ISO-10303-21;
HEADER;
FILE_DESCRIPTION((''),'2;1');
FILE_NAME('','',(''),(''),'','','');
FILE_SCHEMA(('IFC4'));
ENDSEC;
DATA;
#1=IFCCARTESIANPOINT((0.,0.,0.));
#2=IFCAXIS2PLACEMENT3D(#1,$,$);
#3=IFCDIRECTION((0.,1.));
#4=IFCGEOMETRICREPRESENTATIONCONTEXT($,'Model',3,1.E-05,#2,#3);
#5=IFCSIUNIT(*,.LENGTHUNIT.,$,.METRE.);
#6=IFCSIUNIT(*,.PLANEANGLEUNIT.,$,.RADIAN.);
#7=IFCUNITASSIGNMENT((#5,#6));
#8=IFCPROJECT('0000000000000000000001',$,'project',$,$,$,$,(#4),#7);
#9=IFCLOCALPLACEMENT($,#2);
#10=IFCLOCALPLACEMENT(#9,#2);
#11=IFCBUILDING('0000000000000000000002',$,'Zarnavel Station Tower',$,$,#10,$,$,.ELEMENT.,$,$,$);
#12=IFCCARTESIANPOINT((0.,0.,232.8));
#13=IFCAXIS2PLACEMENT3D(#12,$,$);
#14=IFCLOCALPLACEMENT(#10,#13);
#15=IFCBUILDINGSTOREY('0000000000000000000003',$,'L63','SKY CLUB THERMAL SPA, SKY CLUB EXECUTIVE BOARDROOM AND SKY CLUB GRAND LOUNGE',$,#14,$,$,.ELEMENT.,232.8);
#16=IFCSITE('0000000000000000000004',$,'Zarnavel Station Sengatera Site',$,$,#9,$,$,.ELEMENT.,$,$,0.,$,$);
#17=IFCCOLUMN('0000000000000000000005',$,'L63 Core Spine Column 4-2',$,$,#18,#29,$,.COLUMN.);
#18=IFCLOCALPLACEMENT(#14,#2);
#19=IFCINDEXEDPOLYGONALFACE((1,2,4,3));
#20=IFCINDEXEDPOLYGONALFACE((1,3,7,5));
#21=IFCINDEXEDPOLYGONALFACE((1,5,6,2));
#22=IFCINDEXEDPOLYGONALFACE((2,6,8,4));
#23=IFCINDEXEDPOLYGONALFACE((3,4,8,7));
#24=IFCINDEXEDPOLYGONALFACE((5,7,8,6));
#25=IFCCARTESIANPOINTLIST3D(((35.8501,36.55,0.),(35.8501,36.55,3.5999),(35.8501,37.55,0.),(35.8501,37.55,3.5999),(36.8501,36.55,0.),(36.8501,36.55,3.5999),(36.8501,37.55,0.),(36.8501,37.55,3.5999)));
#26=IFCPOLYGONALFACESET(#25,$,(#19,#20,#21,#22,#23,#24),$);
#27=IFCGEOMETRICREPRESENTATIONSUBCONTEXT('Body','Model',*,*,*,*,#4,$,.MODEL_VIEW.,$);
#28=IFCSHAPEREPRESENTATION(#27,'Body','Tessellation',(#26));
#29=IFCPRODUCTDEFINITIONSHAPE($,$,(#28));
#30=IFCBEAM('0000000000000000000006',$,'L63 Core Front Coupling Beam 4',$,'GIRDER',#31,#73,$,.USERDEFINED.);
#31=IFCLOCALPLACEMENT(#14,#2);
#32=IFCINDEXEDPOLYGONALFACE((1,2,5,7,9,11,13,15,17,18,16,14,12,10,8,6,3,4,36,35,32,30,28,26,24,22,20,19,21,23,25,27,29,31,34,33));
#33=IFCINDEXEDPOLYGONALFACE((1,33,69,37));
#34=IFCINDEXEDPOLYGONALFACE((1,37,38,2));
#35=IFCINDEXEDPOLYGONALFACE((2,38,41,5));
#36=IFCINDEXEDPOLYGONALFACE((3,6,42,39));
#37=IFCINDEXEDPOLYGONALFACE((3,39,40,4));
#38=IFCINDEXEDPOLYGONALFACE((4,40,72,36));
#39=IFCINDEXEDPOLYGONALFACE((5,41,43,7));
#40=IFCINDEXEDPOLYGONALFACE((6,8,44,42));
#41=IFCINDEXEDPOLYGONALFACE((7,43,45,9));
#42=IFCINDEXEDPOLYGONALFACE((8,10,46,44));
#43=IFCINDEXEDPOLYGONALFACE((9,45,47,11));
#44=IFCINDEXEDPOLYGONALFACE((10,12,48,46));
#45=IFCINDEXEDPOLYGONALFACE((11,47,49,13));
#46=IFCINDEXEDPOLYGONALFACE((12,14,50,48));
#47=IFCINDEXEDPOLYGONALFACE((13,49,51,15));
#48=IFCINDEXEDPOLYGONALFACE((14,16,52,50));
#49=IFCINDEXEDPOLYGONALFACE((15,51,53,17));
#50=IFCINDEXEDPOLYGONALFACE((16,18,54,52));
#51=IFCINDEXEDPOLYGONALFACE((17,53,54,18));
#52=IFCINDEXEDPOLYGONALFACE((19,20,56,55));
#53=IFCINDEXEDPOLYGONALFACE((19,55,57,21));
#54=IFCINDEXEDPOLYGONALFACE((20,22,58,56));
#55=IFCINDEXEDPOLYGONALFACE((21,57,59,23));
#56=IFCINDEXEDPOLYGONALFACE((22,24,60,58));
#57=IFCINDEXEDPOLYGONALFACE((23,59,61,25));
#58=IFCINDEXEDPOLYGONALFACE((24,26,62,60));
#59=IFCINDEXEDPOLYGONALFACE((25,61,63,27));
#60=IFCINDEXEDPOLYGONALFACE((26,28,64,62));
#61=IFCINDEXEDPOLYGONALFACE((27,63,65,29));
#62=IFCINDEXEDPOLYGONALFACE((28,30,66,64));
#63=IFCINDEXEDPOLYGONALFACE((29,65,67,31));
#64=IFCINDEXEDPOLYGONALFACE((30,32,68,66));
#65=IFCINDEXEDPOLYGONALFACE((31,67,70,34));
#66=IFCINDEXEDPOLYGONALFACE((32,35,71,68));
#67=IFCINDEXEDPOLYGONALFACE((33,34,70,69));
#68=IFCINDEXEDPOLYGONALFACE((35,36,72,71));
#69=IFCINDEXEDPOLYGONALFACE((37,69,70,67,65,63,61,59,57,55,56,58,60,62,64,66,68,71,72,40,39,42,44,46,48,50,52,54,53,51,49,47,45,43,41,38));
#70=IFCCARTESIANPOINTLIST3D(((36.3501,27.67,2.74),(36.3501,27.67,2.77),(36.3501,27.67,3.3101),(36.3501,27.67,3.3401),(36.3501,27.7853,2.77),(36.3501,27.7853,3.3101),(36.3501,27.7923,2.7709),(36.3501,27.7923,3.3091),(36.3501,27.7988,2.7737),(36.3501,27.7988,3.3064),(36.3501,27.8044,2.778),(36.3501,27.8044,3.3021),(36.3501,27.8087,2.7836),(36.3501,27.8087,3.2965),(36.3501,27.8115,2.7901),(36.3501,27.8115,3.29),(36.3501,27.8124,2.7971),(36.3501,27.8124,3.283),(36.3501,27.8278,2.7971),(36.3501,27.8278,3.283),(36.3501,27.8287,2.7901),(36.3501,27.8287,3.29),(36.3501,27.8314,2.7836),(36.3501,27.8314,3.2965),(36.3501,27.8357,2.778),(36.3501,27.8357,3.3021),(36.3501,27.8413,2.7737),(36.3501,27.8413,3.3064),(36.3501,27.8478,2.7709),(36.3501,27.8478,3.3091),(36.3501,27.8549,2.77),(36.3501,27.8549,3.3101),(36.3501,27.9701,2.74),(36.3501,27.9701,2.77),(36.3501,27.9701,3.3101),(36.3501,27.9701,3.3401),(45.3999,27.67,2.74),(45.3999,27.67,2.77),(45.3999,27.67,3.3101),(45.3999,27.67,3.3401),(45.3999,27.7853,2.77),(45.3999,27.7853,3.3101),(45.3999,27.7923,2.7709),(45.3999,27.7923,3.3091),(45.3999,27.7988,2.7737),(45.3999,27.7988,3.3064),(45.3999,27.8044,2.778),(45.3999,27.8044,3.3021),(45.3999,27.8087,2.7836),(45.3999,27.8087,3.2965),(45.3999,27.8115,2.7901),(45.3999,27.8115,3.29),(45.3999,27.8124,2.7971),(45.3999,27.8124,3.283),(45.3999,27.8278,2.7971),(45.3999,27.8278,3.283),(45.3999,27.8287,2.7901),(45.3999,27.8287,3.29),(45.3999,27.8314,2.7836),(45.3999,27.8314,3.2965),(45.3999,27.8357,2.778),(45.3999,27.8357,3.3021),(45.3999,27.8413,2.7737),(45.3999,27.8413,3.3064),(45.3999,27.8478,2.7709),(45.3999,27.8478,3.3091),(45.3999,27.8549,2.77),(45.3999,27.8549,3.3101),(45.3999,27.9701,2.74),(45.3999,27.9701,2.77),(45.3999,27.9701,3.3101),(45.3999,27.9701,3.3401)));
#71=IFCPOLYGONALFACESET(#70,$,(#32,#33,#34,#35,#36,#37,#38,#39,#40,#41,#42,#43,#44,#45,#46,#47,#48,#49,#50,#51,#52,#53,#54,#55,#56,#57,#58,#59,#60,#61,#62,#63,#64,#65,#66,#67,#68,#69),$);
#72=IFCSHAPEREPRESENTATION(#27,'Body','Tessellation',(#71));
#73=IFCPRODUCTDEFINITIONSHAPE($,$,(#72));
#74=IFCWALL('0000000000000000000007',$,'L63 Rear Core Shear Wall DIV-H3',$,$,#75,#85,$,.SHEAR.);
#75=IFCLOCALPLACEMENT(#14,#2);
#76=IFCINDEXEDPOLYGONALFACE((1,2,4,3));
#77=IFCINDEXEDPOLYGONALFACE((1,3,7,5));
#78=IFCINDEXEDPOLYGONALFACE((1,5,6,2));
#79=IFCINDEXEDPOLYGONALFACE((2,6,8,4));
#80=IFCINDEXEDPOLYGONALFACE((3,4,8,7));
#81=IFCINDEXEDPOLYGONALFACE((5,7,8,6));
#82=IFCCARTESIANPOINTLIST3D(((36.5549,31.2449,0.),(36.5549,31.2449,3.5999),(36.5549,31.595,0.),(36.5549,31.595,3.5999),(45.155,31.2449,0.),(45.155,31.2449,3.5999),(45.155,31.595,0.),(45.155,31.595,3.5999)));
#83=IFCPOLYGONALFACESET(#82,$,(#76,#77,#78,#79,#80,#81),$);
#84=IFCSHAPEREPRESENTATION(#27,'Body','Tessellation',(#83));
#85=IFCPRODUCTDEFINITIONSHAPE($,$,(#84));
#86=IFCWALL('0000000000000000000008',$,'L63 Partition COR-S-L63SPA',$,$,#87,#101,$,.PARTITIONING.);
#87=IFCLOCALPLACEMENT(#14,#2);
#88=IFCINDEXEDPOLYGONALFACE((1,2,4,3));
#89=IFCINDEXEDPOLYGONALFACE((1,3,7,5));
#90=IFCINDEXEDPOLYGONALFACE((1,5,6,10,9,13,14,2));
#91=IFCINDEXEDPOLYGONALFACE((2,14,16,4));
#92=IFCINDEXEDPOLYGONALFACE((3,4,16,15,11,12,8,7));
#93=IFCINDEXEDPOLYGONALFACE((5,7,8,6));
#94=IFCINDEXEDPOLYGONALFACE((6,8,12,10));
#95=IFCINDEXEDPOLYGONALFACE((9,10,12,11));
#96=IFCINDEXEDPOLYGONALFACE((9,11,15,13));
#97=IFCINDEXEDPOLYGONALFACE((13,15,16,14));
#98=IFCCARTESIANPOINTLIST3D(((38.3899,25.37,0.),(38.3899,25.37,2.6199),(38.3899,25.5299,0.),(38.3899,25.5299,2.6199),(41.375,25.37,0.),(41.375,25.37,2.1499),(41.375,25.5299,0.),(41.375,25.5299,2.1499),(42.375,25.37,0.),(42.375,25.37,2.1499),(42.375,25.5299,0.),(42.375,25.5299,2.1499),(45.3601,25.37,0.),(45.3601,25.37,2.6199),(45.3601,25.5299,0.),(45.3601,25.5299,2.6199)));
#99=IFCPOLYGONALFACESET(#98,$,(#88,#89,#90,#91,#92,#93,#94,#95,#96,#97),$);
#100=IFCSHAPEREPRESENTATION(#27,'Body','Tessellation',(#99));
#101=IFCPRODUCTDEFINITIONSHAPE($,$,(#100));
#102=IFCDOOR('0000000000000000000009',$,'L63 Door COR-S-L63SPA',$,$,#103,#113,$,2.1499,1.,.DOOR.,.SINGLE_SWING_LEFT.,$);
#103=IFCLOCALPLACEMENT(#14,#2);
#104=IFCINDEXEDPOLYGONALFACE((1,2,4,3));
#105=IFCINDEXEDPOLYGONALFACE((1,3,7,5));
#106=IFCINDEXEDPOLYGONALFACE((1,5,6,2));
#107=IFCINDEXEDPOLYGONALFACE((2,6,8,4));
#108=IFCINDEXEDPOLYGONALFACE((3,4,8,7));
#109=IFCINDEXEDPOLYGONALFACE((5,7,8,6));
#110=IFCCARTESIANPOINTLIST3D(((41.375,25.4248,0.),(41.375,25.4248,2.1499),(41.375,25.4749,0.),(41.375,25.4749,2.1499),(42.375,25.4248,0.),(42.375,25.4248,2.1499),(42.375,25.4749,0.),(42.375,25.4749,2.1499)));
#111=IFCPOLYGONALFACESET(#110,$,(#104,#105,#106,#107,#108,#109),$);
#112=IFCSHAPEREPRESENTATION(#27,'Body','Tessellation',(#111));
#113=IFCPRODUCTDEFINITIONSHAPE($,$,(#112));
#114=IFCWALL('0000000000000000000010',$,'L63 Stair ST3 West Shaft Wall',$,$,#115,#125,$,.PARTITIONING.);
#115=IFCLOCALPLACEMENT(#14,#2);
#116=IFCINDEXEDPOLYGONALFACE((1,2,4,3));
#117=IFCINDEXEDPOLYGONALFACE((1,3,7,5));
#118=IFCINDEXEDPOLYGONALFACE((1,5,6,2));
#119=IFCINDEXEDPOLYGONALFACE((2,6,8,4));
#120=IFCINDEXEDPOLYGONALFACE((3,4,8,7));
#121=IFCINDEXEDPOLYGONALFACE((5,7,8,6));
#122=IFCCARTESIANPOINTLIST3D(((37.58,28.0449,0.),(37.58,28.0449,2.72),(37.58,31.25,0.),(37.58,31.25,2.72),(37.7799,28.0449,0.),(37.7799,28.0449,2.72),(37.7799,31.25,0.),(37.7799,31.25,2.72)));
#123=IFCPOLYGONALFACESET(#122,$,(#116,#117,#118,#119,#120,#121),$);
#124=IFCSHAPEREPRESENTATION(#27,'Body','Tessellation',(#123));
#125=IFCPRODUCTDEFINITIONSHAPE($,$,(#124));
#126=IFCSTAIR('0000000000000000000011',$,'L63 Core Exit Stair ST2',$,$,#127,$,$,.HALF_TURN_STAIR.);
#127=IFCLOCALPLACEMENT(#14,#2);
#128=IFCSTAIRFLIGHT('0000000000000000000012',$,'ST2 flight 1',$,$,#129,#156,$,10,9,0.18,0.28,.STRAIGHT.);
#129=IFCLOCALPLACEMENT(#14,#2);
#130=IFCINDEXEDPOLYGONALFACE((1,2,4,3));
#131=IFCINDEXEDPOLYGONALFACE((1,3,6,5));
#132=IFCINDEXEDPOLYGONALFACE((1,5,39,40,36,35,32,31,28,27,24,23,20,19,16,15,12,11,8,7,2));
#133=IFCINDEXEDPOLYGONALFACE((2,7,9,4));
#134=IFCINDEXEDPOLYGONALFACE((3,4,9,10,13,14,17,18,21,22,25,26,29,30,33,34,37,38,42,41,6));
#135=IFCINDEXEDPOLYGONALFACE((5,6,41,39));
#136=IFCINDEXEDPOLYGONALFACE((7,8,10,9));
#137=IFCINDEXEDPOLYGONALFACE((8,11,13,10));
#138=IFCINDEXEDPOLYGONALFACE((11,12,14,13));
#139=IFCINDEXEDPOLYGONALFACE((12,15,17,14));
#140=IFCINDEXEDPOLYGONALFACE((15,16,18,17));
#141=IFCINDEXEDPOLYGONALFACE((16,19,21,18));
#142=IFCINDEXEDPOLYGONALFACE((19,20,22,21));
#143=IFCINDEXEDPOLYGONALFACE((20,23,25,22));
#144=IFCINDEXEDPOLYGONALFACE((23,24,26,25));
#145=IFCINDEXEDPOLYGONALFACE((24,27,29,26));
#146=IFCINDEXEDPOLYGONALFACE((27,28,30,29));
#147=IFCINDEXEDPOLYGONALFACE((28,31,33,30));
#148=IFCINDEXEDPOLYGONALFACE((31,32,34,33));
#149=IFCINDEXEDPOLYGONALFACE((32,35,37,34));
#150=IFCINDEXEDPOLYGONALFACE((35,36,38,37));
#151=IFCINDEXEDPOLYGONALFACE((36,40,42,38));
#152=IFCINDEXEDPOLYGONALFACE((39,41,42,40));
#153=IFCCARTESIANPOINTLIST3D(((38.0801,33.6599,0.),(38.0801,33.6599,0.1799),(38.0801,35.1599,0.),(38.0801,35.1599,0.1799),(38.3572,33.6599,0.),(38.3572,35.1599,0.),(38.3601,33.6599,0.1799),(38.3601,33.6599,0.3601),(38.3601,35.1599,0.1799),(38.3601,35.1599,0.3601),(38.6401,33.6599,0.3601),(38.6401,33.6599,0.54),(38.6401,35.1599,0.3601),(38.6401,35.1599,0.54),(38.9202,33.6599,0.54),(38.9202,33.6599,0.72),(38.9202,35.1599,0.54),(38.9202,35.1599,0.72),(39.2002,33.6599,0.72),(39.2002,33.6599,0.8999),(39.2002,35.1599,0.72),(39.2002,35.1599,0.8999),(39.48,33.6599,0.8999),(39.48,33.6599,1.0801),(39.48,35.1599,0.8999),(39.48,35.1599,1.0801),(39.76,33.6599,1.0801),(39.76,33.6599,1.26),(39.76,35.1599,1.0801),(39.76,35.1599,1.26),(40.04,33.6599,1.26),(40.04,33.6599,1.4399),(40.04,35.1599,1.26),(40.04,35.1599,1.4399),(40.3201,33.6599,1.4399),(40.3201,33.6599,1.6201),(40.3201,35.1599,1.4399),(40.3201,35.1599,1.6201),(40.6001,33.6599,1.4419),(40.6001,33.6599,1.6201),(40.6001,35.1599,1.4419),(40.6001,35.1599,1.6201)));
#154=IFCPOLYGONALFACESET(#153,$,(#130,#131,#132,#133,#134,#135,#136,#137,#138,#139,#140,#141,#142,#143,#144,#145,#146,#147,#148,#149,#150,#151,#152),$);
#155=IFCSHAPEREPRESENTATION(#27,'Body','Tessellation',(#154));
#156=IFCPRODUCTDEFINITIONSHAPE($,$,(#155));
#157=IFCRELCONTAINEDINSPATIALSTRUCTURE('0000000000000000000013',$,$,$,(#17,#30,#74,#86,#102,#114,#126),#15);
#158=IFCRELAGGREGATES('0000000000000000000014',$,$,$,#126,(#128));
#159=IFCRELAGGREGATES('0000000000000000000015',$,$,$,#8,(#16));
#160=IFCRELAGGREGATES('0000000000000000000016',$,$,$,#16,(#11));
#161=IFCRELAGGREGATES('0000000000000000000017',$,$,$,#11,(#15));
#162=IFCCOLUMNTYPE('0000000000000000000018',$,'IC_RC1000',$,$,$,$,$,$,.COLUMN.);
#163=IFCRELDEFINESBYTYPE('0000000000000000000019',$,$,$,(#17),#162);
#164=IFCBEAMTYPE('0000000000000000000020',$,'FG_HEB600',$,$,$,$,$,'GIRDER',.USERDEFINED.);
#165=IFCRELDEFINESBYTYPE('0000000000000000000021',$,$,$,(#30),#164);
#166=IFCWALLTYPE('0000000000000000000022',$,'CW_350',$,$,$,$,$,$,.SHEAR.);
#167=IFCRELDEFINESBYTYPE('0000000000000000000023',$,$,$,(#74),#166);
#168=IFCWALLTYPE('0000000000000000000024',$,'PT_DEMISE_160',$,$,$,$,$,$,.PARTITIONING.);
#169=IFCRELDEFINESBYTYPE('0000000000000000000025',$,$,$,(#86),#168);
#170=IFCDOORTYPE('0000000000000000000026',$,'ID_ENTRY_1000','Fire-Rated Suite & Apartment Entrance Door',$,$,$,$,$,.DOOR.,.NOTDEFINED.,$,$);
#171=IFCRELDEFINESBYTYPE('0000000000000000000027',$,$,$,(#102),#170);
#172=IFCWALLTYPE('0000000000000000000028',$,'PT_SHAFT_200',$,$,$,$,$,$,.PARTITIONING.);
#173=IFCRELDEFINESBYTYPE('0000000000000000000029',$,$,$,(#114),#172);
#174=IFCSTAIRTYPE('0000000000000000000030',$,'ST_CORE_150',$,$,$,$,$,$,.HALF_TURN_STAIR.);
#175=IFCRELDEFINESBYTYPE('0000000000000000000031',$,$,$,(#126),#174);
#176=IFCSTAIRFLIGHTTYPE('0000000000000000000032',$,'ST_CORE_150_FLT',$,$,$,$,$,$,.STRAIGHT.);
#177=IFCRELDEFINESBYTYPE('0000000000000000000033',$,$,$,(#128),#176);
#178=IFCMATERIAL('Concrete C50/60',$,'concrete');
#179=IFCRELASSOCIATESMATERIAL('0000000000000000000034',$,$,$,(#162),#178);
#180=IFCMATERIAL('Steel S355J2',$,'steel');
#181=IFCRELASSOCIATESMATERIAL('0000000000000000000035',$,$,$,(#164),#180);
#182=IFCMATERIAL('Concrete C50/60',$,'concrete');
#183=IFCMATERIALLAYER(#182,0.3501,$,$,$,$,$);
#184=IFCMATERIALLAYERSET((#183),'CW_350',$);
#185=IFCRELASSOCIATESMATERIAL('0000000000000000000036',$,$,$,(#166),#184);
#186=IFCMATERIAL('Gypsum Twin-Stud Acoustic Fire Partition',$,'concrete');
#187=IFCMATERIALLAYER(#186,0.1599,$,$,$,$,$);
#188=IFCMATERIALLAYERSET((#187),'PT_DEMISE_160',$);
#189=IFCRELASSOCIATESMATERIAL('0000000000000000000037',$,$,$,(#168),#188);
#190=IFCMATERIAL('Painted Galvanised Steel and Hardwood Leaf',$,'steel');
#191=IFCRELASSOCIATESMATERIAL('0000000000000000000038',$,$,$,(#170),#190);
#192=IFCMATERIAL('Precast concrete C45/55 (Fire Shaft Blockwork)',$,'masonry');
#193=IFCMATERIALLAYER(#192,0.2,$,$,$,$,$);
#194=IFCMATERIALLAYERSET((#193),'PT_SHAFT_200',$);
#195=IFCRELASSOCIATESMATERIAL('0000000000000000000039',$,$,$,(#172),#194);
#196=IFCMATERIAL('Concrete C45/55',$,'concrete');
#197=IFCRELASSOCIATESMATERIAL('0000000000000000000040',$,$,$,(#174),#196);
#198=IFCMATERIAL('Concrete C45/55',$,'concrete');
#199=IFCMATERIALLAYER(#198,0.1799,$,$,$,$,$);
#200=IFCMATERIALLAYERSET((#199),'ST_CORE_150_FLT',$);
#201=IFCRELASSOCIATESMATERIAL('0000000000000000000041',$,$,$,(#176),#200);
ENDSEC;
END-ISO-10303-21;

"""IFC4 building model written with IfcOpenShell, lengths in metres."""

from ifc_helpers import new_model, si_unit, direction, frame, frame_2d, origin, origin_2d, place, context, subcontext, project, spatial, polyline, rectangle, i_section, outline, extrude, material, layer, layer_set, material_profile, profile_set, type_object, element, fill, aggregate, save


model = new_model("IFC4")

# Units and contexts
model_context = context("Model", 3, precision=1e-05, world=origin(), true_north=direction((0.0, 1.0)))
body_context = subcontext(model_context, "Body", "Model", "MODEL_VIEW")
ifc_project = project(units=[si_unit("LENGTHUNIT", "METRE"), si_unit("PLANEANGLEUNIT", "RADIAN")], contexts=[model_context])

# Site, building, storey
site_placement = place(None, origin())
site = spatial("IfcSite", under=ifc_project, at=site_placement, Name="Zarnavel Station Sengatera Site", CompositionType="ELEMENT", RefElevation=0.0)
building_placement = place(site_placement, origin())
building = spatial("IfcBuilding", under=site, at=building_placement, Name="Zarnavel Station Tower", CompositionType="ELEMENT")
storey_placement = place(building_placement, frame((0.0, 0.0, 232.8)))
storey = spatial("IfcBuildingStorey", under=building, at=storey_placement, Name="L63", Description="SKY CLUB THERMAL SPA, SKY CLUB EXECUTIVE BOARDROOM AND SKY CLUB GRAND LOUNGE", CompositionType="ELEMENT", Elevation=232.8)

# Column
ifc_material_1 = material(Name="Concrete C50/60", Category="concrete")
ifc_material_profile_1 = material_profile(ifc_material_1, rectangle(XDim=1.0, YDim=1.0, at=origin_2d()), Name="RC1000x1000")
ifc_profile_set_1 = profile_set([ifc_material_profile_1], Name="Concrete C50/60")
column_type = type_object("IfcColumnType", Name="IC_RC1000", PredefinedType="COLUMN", material=ifc_profile_set_1)
column_placement = place(storey_placement, frame((36.3501, 37.05, 0.0), z_axis=(0.0, 0.0, 1.0), x_axis=(1.0, 0.0, 0.0)))
element("IfcColumn", 1, at=column_placement, inside=storey, type_object=column_type, Name="L63 Core Spine Column 4-2", PredefinedType="COLUMN", context=body_context, shape_type="SweptSolid", body=[
    extrude(rectangle(XDim=1.0, YDim=1.0, at=origin_2d()), origin(), (0.0, 0.0, 1.0), 3.5999),
])

# Beam
ifc_material_2 = material(Name="Steel S355J2", Category="steel")
ifc_material_profile_2 = material_profile(ifc_material_2, i_section(OverallWidth=0.3, OverallDepth=0.6001, WebThickness=0.0154, FlangeThickness=0.03, FilletRadius=0.0271, at=origin_2d()), Name="HEB600")
ifc_profile_set_2 = profile_set([ifc_material_profile_2], Name="Steel S355J2")
beam_type = type_object("IfcBeamType", Name="FG_HEB600", ElementType="GIRDER", PredefinedType="USERDEFINED", material=ifc_profile_set_2)
beam_placement = place(storey_placement, frame((36.3501, 27.8201, 3.04), z_axis=(1.0, 0.0, 0.0), x_axis=(0.0, 1.0, 0.0)))
element("IfcBeam", 2, at=beam_placement, inside=storey, type_object=beam_type, Name="L63 Core Front Coupling Beam 4", ObjectType="GIRDER", PredefinedType="USERDEFINED", context=body_context, shape_type="SweptSolid", body=[
    extrude(i_section(OverallWidth=0.3, OverallDepth=0.6001, WebThickness=0.0154, FlangeThickness=0.03, FilletRadius=0.0271, at=origin_2d()), origin(), (0.0, 0.0, 1.0), 9.0498),
])

# Shared definitions
ifc_material_3 = material(Name="Concrete C50/60", Category="concrete")
ifc_layer_1 = layer(ifc_material_3, 0.3501)
ifc_layer_set_1 = layer_set([ifc_layer_1], Name="CW_350")
wall_type_1 = type_object("IfcWallType", Name="CW_350", PredefinedType="SHEAR", material=ifc_layer_set_1)

# Wall
wall_1_placement = place(storey_placement, frame((36.5549, 31.4199, 0.0), z_axis=(0.0, 0.0, 1.0), x_axis=(1.0, 0.0, 0.0)))
element("IfcWall", 3, at=wall_1_placement, inside=storey, type_object=wall_type_1, Name="L63 Rear Core Shear Wall DIV-H3", PredefinedType="SHEAR", context=body_context, shape_type="SweptSolid", body=[
    extrude(rectangle(XDim=8.6001, YDim=0.3501, at=frame_2d((4.3, 0.0))), origin(), (0.0, 0.0, 1.0), 3.5999),
])

# Wall, opening, door
ifc_material_4 = material(Name="Gypsum Twin-Stud Acoustic Fire Partition", Category="concrete")
ifc_layer_2 = layer(ifc_material_4, 0.1599)
ifc_layer_set_2 = layer_set([ifc_layer_2], Name="PT_DEMISE_160")
wall_type_2 = type_object("IfcWallType", Name="PT_DEMISE_160", PredefinedType="PARTITIONING", material=ifc_layer_set_2)
wall_2_placement = place(storey_placement, frame((38.3899, 25.45, 0.0), z_axis=(0.0, 0.0, 1.0), x_axis=(1.0, 0.0, 0.0)))
wall_2 = element("IfcWall", 4, at=wall_2_placement, inside=storey, type_object=wall_type_2, Name="L63 Partition COR-S-L63SPA", PredefinedType="PARTITIONING", context=body_context, shape_type="SweptSolid", body=[
    extrude(rectangle(XDim=6.9702, YDim=0.1599, at=frame_2d((3.4851, 0.0))), origin(), (0.0, 0.0, 1.0), 2.6199),
])
opening_1_placement = place(wall_2_placement, frame((2.9851, 0.0, 0.0)))
opening_1 = element("IfcOpeningElement", 5, at=opening_1_placement, cuts=wall_2, PredefinedType="OPENING", context=body_context, shape_type="SweptSolid", body=[
    extrude(rectangle(XDim=1.0, YDim=2.1499, at=frame_2d((0.5, 1.075))), frame((0.0, 0.0898, 0.0), z_axis=(0.0, -1.0, 0.0), x_axis=(1.0, 0.0, 0.0)), (0.0, 0.0, 1.0), 0.1799),
])
ifc_material_5 = material(Name="Painted Galvanised Steel and Hardwood Leaf", Category="steel")
door_type_1 = type_object("IfcDoorType", Name="ID_ENTRY_1000", Description="Fire-Rated Suite & Apartment Entrance Door", OperationType="NOTDEFINED", PredefinedType="DOOR", material=ifc_material_5)
door_1_placement = place(opening_1_placement, origin())
door_1 = element("IfcDoor", 6, at=door_1_placement, inside=storey, type_object=door_type_1, Name="L63 Door COR-S-L63SPA", OperationType="SINGLE_SWING_LEFT", OverallHeight=2.1499, OverallWidth=1.0, PredefinedType="DOOR", context=body_context, shape_type="SweptSolid", body=[
    extrude(rectangle(XDim=1.0, YDim=2.1499, at=frame_2d((0.5, 1.075))), frame((0.0, 0.0249, 0.0), z_axis=(0.0, -1.0, 0.0), x_axis=(1.0, 0.0, 0.0)), (0.0, 0.0, 1.0), 0.05),
])
fill(opening_1, door_1)

# Wall
ifc_material_6 = material(Name="Precast concrete C45/55 (Fire Shaft Blockwork)", Category="masonry")
ifc_layer_3 = layer(ifc_material_6, 0.2)
ifc_layer_set_3 = layer_set([ifc_layer_3], Name="PT_SHAFT_200")
wall_type_3 = type_object("IfcWallType", Name="PT_SHAFT_200", PredefinedType="PARTITIONING", material=ifc_layer_set_3)
wall_3_placement = place(storey_placement, frame((37.6799, 28.0449, 0.0), z_axis=(0.0, 0.0, 1.0), x_axis=(0.0, 1.0, 0.0)))
element("IfcWall", 7, at=wall_3_placement, inside=storey, type_object=wall_type_3, Name="L63 Stair ST3 West Shaft Wall", PredefinedType="PARTITIONING", context=body_context, shape_type="SweptSolid", body=[
    extrude(rectangle(XDim=3.2051, YDim=0.2, at=frame_2d((1.6025, 0.0))), origin(), (0.0, 0.0, 1.0), 2.72),
])

# Stair, stair flight
ifc_material_7 = material(Name="Concrete C45/55", Category="concrete")
stair_type = type_object("IfcStairType", Name="ST_CORE_150", PredefinedType="HALF_TURN_STAIR", material=ifc_material_7)
stair_1_placement = place(storey_placement, origin())
stair_1 = element("IfcStair", 8, at=stair_1_placement, inside=storey, type_object=stair_type, Name="L63 Core Exit Stair ST2", PredefinedType="HALF_TURN_STAIR")
ifc_material_8 = material(Name="Concrete C45/55", Category="concrete")
ifc_layer_4 = layer(ifc_material_8, 0.1799)
ifc_layer_set_4 = layer_set([ifc_layer_4], Name="ST_CORE_150_FLT")
stair_flight_type = type_object("IfcStairFlightType", Name="ST_CORE_150_FLT", PredefinedType="STRAIGHT", material=ifc_layer_set_4)
stair_flight_1_placement = place(storey_placement, frame((38.0801, 34.4099, 0.0), z_axis=(0.0, 0.0, 1.0), x_axis=(1.0, 0.0, 0.0)))
stair_flight_1 = element("IfcStairFlight", 9, at=stair_flight_1_placement, type_object=stair_flight_type, Name="ST2 flight 1", NumberOfRisers=10, NumberOfTreads=9, PredefinedType="STRAIGHT", RiserHeight=0.18, TreadLength=0.28, context=body_context, shape_type="SweptSolid", body=[
    extrude(outline(polyline([(0.0, 0.0), (0.0, 0.1799), (0.28, 0.1799), (0.28, 0.3601), (0.5601, 0.3601), (0.5601, 0.54), (0.8401, 0.54), (0.8401, 0.72), (1.1201, 0.72), (1.1201, 0.8999), (1.3999, 0.8999), (1.3999, 1.0801), (1.6799, 1.0801), (1.6799, 1.26), (1.96, 1.26), (1.96, 1.4399), (2.24, 1.4399), (2.24, 1.6201), (2.52, 1.6201), (2.52, 1.8), (2.52, 1.4419), (0.2771, 0.0), (0.0, 0.0)])), frame((0.0, 0.75, 0.0), z_axis=(0.0, -1.0, 0.0), x_axis=(1.0, 0.0, 0.0)), (0.0, 0.0, 1.0), 1.5),
])
aggregate(stair_1, [stair_flight_1])

save(model, "model.ifc")
